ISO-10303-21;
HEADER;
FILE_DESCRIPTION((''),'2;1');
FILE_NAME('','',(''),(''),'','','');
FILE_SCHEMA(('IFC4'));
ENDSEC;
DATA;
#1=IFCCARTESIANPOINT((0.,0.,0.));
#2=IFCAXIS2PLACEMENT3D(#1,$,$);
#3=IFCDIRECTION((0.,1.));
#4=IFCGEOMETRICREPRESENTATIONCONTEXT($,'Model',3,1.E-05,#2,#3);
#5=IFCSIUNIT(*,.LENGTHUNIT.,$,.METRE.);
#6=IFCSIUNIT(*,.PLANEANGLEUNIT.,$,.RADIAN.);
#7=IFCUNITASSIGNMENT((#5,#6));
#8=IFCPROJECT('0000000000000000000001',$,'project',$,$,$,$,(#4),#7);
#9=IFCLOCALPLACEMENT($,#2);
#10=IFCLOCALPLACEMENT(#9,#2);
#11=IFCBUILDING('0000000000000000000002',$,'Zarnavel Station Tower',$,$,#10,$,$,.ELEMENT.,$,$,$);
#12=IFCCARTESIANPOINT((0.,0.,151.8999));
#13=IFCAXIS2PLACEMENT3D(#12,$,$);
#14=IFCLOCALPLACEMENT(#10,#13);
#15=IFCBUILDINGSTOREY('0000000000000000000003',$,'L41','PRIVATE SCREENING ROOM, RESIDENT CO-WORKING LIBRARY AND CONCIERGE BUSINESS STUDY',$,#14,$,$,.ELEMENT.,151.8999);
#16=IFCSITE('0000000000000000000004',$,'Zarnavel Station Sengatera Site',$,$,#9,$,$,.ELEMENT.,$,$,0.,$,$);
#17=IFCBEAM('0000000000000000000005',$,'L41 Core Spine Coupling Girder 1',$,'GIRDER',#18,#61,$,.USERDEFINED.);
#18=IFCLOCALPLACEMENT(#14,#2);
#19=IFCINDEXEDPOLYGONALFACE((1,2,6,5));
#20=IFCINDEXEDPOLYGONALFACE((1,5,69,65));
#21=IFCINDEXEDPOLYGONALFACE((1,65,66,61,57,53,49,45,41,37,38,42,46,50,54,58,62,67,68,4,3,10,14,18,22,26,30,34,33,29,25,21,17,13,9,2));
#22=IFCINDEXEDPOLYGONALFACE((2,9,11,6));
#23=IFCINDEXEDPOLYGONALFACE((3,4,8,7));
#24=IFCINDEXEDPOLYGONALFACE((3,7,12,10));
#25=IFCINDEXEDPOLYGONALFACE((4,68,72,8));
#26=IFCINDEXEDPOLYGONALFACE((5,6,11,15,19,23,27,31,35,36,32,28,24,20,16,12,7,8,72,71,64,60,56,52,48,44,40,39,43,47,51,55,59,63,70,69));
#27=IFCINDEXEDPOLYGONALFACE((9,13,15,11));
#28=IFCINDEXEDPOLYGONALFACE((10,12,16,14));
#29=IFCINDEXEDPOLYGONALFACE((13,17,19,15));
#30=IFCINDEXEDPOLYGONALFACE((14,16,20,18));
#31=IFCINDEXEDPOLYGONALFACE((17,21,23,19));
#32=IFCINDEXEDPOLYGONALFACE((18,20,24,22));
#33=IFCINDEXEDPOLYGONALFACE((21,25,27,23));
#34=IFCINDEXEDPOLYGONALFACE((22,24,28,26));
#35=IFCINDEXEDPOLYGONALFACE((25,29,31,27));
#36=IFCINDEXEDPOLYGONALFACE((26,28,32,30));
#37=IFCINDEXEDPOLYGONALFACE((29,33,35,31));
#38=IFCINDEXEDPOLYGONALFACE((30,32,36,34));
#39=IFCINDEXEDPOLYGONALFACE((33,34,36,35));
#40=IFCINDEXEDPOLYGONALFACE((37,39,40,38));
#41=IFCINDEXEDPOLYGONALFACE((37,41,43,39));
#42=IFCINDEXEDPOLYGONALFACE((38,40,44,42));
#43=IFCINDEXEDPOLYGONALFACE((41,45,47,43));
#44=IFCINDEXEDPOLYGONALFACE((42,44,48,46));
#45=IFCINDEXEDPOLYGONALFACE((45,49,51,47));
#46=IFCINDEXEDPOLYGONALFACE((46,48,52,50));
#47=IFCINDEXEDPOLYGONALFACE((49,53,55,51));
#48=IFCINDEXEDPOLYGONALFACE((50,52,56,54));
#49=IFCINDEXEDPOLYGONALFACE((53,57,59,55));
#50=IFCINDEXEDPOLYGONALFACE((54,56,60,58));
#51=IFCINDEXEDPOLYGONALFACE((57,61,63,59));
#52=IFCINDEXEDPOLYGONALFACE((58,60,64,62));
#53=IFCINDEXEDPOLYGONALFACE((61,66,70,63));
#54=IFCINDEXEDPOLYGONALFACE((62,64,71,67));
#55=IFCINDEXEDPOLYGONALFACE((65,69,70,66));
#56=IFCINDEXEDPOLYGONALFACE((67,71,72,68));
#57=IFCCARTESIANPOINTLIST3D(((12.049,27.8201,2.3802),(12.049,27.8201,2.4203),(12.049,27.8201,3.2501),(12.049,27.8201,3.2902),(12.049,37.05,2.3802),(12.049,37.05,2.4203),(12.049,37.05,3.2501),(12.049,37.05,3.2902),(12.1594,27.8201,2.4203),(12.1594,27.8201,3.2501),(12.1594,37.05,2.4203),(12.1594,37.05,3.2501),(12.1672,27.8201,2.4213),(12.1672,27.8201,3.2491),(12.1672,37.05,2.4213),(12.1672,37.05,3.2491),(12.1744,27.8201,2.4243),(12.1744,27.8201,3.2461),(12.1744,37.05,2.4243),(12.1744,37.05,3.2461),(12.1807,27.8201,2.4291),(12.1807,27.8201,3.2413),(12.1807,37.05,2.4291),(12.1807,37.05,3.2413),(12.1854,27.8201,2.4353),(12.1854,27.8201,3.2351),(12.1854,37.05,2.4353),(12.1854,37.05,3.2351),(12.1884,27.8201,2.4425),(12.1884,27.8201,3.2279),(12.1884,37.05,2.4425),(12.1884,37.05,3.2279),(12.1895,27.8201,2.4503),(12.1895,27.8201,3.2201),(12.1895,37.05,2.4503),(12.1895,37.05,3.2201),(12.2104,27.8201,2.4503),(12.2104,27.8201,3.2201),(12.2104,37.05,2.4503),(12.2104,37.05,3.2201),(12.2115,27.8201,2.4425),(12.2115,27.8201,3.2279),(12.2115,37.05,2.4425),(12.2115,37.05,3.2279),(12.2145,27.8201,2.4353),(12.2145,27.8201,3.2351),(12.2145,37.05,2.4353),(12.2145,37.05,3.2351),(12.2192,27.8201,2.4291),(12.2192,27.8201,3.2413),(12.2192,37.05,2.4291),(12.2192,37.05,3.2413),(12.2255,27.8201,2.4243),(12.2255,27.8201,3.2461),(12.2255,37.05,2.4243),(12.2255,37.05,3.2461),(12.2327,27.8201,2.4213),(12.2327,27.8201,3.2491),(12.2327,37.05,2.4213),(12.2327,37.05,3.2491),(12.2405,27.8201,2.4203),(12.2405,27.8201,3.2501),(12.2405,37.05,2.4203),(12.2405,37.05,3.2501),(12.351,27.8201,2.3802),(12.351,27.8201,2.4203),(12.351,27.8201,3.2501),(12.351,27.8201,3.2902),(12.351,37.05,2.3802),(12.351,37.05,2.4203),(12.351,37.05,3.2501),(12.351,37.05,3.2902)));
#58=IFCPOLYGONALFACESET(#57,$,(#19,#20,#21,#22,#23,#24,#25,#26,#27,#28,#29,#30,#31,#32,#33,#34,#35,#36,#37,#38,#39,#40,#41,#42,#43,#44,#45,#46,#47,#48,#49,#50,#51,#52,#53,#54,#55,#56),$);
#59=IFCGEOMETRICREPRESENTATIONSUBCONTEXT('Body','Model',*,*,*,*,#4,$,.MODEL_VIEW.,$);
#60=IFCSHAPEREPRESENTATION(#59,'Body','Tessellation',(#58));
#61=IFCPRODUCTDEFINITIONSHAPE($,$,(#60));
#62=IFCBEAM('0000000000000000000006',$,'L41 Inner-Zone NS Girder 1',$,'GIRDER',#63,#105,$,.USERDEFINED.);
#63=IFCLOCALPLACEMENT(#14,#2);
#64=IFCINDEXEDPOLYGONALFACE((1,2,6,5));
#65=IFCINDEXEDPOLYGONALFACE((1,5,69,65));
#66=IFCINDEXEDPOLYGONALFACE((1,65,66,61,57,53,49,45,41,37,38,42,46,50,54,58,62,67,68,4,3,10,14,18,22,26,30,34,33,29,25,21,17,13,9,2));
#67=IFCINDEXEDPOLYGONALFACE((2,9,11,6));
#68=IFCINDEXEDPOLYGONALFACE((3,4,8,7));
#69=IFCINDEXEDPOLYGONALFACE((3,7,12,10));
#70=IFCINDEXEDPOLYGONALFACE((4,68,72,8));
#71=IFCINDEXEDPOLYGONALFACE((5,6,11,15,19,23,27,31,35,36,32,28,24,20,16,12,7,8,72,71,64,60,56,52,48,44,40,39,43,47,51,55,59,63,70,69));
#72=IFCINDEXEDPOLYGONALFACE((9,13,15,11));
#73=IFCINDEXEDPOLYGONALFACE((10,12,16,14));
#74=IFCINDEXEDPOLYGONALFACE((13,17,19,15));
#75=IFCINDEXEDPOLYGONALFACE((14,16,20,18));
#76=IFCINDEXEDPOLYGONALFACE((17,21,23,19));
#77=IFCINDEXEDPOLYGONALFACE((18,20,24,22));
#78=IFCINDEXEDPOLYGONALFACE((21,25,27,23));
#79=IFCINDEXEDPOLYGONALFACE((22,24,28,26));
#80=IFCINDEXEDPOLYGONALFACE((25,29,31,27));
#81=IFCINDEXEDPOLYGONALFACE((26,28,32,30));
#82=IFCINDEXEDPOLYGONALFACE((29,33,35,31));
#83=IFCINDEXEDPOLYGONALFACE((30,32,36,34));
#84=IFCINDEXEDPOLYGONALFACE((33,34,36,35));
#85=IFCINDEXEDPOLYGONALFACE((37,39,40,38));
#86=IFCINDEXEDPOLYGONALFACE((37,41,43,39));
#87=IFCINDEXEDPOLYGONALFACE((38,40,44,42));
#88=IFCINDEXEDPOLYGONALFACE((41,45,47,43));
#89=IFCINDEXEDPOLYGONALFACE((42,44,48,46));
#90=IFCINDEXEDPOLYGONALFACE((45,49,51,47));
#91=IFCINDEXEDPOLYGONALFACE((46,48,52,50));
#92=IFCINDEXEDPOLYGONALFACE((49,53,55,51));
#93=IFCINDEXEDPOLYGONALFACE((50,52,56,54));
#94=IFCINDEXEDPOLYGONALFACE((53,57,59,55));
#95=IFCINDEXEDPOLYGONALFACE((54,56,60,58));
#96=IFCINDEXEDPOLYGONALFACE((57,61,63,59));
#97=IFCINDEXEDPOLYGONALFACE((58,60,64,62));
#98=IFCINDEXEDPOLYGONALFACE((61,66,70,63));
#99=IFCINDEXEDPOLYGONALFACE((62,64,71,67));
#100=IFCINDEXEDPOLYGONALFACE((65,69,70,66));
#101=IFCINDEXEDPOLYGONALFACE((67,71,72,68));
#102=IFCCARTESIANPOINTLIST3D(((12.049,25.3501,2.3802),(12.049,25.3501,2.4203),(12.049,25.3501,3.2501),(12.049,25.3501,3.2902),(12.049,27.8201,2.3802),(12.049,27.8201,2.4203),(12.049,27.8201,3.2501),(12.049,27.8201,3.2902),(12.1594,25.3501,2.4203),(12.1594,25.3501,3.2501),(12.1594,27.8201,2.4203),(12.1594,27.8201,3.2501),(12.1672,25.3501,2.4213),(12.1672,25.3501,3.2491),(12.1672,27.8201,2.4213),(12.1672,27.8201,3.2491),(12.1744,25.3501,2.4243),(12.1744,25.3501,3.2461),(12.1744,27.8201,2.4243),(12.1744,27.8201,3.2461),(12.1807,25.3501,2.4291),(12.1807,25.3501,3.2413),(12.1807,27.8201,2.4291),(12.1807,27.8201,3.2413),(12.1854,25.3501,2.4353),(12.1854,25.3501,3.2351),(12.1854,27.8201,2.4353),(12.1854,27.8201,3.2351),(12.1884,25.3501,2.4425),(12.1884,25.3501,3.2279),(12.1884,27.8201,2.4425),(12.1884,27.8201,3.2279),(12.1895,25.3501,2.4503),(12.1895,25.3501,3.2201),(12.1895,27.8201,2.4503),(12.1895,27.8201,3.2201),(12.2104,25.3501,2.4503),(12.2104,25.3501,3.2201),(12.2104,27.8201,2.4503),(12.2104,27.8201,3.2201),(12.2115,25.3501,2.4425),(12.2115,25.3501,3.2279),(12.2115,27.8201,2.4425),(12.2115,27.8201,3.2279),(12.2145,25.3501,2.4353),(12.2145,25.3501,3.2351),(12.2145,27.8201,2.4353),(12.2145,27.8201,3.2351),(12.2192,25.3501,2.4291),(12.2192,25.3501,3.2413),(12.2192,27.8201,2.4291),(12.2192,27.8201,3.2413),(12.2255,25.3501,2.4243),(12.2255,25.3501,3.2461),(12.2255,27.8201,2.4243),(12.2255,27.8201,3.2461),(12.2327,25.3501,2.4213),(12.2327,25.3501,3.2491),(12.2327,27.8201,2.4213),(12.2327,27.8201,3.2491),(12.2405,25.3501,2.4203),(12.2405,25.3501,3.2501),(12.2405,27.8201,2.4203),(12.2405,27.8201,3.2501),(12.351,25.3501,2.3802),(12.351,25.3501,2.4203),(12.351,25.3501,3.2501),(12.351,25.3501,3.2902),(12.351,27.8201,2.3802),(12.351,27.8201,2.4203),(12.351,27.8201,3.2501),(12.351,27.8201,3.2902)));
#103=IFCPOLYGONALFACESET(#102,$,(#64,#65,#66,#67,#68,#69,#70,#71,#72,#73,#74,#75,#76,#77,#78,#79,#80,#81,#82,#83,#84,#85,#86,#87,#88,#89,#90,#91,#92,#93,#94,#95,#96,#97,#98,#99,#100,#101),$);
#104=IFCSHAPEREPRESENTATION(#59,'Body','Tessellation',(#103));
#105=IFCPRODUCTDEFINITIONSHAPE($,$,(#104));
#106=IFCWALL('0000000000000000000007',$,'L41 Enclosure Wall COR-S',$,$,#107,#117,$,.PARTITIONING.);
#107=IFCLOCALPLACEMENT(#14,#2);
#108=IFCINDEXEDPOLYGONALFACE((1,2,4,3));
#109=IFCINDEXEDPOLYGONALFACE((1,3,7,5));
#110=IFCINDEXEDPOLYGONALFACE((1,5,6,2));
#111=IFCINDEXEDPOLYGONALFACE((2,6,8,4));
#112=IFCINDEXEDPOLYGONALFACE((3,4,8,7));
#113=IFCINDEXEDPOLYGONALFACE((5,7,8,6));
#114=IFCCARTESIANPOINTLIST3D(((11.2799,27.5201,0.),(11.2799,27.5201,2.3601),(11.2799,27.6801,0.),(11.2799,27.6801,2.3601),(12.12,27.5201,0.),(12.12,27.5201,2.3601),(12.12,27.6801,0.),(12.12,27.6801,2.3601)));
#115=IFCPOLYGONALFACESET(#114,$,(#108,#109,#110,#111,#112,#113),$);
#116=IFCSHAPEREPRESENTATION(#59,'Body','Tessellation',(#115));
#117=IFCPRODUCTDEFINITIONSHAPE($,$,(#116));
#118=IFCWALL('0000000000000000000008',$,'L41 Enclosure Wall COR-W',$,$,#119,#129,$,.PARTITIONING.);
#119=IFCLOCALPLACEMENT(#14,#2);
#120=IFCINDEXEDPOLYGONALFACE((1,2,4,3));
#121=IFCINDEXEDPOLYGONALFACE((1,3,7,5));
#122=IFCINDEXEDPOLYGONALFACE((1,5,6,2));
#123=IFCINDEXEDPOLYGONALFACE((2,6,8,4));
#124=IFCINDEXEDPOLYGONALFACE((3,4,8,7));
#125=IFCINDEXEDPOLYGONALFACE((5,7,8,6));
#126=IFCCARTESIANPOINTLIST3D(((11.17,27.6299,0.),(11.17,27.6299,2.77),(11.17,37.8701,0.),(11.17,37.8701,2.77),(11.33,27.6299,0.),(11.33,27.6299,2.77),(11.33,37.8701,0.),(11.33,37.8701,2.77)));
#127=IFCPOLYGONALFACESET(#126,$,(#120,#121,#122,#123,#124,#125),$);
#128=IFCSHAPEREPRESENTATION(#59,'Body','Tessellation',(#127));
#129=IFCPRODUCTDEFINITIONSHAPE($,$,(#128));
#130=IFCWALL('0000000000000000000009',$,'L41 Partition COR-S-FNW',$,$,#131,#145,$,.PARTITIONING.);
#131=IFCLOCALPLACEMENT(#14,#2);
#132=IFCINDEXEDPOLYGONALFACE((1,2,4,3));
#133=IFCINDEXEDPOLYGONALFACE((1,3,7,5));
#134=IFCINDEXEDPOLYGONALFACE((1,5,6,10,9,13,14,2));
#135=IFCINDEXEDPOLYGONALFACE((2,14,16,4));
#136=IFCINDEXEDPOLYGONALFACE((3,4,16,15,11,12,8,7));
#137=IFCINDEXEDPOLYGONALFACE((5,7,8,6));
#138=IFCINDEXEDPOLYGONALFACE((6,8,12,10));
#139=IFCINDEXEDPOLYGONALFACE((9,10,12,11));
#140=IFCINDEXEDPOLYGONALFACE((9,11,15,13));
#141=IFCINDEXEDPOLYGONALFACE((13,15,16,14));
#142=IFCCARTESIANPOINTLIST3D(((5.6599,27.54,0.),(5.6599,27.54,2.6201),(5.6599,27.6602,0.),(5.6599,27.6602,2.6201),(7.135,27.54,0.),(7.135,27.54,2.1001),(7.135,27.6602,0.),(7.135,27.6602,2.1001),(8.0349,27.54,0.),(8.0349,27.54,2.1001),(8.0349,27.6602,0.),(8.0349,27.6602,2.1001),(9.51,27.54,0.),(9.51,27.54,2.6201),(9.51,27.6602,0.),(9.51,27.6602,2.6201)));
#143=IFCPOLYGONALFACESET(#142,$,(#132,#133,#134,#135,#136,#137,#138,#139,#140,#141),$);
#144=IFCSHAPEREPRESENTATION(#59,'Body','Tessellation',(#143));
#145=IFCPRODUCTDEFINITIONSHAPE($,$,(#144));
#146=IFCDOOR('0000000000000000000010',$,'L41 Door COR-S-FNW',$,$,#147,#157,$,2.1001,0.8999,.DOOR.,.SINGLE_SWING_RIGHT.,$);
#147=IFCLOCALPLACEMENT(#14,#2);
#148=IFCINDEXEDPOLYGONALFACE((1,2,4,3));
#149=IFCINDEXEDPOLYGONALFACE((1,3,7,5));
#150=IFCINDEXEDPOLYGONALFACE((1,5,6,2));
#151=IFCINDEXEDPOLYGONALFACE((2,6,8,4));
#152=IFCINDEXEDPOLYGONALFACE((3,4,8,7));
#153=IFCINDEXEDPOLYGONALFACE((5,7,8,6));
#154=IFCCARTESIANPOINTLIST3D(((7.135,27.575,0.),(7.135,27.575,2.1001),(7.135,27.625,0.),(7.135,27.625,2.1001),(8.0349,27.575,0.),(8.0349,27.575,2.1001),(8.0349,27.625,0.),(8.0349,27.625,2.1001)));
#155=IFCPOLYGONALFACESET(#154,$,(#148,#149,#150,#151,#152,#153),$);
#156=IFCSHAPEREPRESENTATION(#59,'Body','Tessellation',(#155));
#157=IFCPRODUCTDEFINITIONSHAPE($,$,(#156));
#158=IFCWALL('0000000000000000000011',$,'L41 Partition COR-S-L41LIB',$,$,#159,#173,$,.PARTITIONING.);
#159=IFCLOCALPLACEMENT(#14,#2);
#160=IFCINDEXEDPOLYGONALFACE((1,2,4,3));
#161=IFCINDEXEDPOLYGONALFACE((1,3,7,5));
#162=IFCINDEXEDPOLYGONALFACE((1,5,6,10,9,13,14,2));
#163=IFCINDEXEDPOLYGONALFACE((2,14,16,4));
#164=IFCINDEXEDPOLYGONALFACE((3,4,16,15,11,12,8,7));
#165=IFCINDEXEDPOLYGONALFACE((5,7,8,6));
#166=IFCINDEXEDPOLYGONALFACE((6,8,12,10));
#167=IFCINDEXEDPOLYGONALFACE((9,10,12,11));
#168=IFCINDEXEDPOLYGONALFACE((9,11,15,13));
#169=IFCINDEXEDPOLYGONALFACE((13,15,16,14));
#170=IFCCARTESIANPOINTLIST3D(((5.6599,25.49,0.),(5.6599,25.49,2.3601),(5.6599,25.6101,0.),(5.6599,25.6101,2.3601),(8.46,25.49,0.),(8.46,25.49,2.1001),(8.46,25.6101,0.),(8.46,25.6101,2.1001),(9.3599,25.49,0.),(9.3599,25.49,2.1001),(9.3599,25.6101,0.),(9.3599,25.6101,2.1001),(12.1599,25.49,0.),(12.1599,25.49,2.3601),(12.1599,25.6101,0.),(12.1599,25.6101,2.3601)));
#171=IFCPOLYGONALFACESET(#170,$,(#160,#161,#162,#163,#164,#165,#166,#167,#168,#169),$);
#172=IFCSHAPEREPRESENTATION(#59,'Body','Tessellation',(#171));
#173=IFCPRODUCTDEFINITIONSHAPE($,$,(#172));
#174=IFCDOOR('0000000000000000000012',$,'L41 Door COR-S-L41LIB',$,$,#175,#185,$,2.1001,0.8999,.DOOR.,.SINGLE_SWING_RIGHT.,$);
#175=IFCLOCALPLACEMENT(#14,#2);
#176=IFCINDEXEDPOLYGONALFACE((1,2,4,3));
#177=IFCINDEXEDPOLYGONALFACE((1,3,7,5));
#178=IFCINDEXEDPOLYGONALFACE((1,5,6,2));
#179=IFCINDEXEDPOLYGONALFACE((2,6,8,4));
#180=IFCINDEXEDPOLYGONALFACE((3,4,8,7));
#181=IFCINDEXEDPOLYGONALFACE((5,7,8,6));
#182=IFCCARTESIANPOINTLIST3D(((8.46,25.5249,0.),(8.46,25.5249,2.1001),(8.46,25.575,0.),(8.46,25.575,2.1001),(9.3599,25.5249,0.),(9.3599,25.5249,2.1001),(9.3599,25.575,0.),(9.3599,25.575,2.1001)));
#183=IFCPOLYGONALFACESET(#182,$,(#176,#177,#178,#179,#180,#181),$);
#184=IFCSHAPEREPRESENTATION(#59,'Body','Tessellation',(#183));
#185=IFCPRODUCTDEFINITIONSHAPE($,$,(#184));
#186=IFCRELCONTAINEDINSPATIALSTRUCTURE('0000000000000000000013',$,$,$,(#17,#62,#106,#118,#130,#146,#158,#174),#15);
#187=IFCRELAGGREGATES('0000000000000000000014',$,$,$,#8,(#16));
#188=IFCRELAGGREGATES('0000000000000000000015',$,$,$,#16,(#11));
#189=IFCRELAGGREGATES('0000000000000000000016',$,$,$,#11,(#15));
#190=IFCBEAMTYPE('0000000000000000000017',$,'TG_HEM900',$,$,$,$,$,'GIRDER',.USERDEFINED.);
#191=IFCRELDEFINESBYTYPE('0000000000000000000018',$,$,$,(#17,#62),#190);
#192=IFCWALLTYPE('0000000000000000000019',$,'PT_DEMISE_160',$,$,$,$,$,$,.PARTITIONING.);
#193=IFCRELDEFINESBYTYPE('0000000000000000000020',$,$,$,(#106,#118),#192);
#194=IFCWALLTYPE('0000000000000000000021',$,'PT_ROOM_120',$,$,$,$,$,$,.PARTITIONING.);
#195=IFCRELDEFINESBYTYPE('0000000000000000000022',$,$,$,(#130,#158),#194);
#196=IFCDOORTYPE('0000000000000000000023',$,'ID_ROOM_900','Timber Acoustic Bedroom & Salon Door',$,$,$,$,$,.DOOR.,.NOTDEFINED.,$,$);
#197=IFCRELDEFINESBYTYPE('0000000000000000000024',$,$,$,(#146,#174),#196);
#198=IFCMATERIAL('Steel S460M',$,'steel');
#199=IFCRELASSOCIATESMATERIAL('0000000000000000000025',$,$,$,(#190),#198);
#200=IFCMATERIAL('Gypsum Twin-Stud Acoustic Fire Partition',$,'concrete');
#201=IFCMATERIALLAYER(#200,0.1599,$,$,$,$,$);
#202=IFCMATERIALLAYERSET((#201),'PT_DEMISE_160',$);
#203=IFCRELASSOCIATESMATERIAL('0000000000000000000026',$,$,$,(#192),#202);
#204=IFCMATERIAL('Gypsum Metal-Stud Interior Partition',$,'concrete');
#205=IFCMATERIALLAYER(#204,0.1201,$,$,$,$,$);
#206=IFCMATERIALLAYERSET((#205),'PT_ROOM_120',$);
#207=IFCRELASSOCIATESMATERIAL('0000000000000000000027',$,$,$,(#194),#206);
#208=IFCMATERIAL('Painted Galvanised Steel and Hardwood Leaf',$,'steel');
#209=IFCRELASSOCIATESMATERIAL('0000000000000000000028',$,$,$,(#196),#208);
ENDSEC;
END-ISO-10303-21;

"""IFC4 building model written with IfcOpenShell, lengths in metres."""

from ifc_helpers import new_model, si_unit, direction, frame, frame_2d, origin, origin_2d, place, context, subcontext, project, spatial, rectangle, i_section, extrude, material, layer, layer_set, material_profile, profile_set, type_object, element, fill, save


model = new_model("IFC4")

# Units and contexts
model_context = context("Model", 3, precision=1e-05, world=origin(), true_north=direction((0.0, 1.0)))
body_context = subcontext(model_context, "Body", "Model", "MODEL_VIEW")
ifc_project = project(units=[si_unit("LENGTHUNIT", "METRE"), si_unit("PLANEANGLEUNIT", "RADIAN")], contexts=[model_context])

# Site, building, storey
site_placement = place(None, origin())
site = spatial("IfcSite", under=ifc_project, at=site_placement, Name="Zarnavel Station Sengatera Site", CompositionType="ELEMENT", RefElevation=0.0)
building_placement = place(site_placement, origin())
building = spatial("IfcBuilding", under=site, at=building_placement, Name="Zarnavel Station Tower", CompositionType="ELEMENT")
storey_placement = place(building_placement, frame((0.0, 0.0, 151.8999)))
storey = spatial("IfcBuildingStorey", under=building, at=storey_placement, Name="L41", Description="PRIVATE SCREENING ROOM, RESIDENT CO-WORKING LIBRARY AND CONCIERGE BUSINESS STUDY", CompositionType="ELEMENT", Elevation=151.8999)

# Beams
ifc_material_1 = material(Name="Steel S460M", Category="steel")
ifc_material_profile_1 = material_profile(ifc_material_1, i_section(OverallWidth=0.302, OverallDepth=0.9099, WebThickness=0.021, FlangeThickness=0.04, FilletRadius=0.03, at=origin_2d()), Name="HEM900")
ifc_profile_set_1 = profile_set([ifc_material_profile_1], Name="Steel S460M")
beam_type_1 = type_object("IfcBeamType", Name="TG_HEM900", ElementType="GIRDER", PredefinedType="USERDEFINED", material=ifc_profile_set_1)
beam_1_placement = place(storey_placement, frame((12.2, 27.8201, 2.8352), z_axis=(0.0, 1.0, 0.0), x_axis=(-1.0, 0.0, 0.0)))
element("IfcBeam", 1, at=beam_1_placement, inside=storey, type_object=beam_type_1, Name="L41 Core Spine Coupling Girder 1", ObjectType="GIRDER", PredefinedType="USERDEFINED", context=body_context, shape_type="SweptSolid", body=[
    extrude(i_section(OverallWidth=0.302, OverallDepth=0.9099, WebThickness=0.021, FlangeThickness=0.04, FilletRadius=0.03, at=origin_2d()), origin(), (0.0, 0.0, 1.0), 9.23),
])
beam_2_placement = place(storey_placement, frame((12.2, 25.3501, 2.8352), z_axis=(0.0, 1.0, 0.0), x_axis=(-1.0, 0.0, 0.0)))
element("IfcBeam", 2, at=beam_2_placement, inside=storey, type_object=beam_type_1, Name="L41 Inner-Zone NS Girder 1", ObjectType="GIRDER", PredefinedType="USERDEFINED", context=body_context, shape_type="SweptSolid", body=[
    extrude(i_section(OverallWidth=0.302, OverallDepth=0.9099, WebThickness=0.021, FlangeThickness=0.04, FilletRadius=0.03, at=origin_2d()), origin(), (0.0, 0.0, 1.0), 2.47),
])

# Walls
ifc_material_2 = material(Name="Gypsum Twin-Stud Acoustic Fire Partition", Category="concrete")
ifc_layer_1 = layer(ifc_material_2, 0.1599)
ifc_layer_set_1 = layer_set([ifc_layer_1], Name="PT_DEMISE_160")
wall_type_1 = type_object("IfcWallType", Name="PT_DEMISE_160", PredefinedType="PARTITIONING", material=ifc_layer_set_1)
wall_1_placement = place(storey_placement, frame((11.28, 27.6001, 0.0), z_axis=(0.0, 0.0, 1.0), x_axis=(1.0, 0.0, 0.0)))
element("IfcWall", 3, at=wall_1_placement, inside=storey, type_object=wall_type_1, Name="L41 Enclosure Wall COR-S", PredefinedType="PARTITIONING", context=body_context, shape_type="SweptSolid", body=[
    extrude(rectangle(XDim=0.8401, YDim=0.1599, at=frame_2d((0.4199, 0.0))), origin(), (0.0, 0.0, 1.0), 2.3601),
])
wall_2_placement = place(storey_placement, frame((11.25, 27.6299, 0.0), z_axis=(0.0, 0.0, 1.0), x_axis=(0.0, 1.0, 0.0)))
element("IfcWall", 4, at=wall_2_placement, inside=storey, type_object=wall_type_1, Name="L41 Enclosure Wall COR-W", PredefinedType="PARTITIONING", context=body_context, shape_type="SweptSolid", body=[
    extrude(rectangle(XDim=10.2402, YDim=0.1599, at=frame_2d((5.1201, 0.0))), origin(), (0.0, 0.0, 1.0), 2.77),
])

# Walls, openings, doors
ifc_material_3 = material(Name="Gypsum Metal-Stud Interior Partition", Category="concrete")
ifc_layer_2 = layer(ifc_material_3, 0.1201)
ifc_layer_set_2 = layer_set([ifc_layer_2], Name="PT_ROOM_120")
wall_type_2 = type_object("IfcWallType", Name="PT_ROOM_120", PredefinedType="PARTITIONING", material=ifc_layer_set_2)
wall_3_placement = place(storey_placement, frame((5.6599, 27.6001, 0.0), z_axis=(0.0, 0.0, 1.0), x_axis=(1.0, 0.0, 0.0)))
wall_3 = element("IfcWall", 5, at=wall_3_placement, inside=storey, type_object=wall_type_2, Name="L41 Partition COR-S-FNW", PredefinedType="PARTITIONING", context=body_context, shape_type="SweptSolid", body=[
    extrude(rectangle(XDim=3.8501, YDim=0.1201, at=frame_2d((1.925, 0.0))), origin(), (0.0, 0.0, 1.0), 2.6201),
])
opening_1_placement = place(wall_3_placement, frame((1.4751, 0.0, 0.0)))
opening_1 = element("IfcOpeningElement", 6, at=opening_1_placement, cuts=wall_3, PredefinedType="OPENING", context=body_context, shape_type="SweptSolid", body=[
    extrude(rectangle(XDim=0.8999, YDim=2.1001, at=frame_2d((0.45, 1.05))), frame((0.0, 0.0701, 0.0), z_axis=(0.0, -1.0, 0.0), x_axis=(1.0, 0.0, 0.0)), (0.0, 0.0, 1.0), 0.1401),
])
ifc_material_4 = material(Name="Painted Galvanised Steel and Hardwood Leaf", Category="steel")
door_type_1 = type_object("IfcDoorType", Name="ID_ROOM_900", Description="Timber Acoustic Bedroom & Salon Door", OperationType="NOTDEFINED", PredefinedType="DOOR", material=ifc_material_4)
door_1_placement = place(opening_1_placement, origin())
door_1 = element("IfcDoor", 7, at=door_1_placement, inside=storey, type_object=door_type_1, Name="L41 Door COR-S-FNW", OperationType="SINGLE_SWING_RIGHT", OverallHeight=2.1001, OverallWidth=0.8999, PredefinedType="DOOR", context=body_context, shape_type="SweptSolid", body=[
    extrude(rectangle(XDim=0.8999, YDim=2.1001, at=frame_2d((0.45, 1.05))), frame((0.0, 0.0249, 0.0), z_axis=(0.0, -1.0, 0.0), x_axis=(1.0, 0.0, 0.0)), (0.0, 0.0, 1.0), 0.05),
])
fill(opening_1, door_1)
wall_4_placement = place(storey_placement, frame((5.6599, 25.55, 0.0), z_axis=(0.0, 0.0, 1.0), x_axis=(1.0, 0.0, 0.0)))
wall_4 = element("IfcWall", 8, at=wall_4_placement, inside=storey, type_object=wall_type_2, Name="L41 Partition COR-S-L41LIB", PredefinedType="PARTITIONING", context=body_context, shape_type="SweptSolid", body=[
    extrude(rectangle(XDim=6.5, YDim=0.1201, at=frame_2d((3.25, 0.0))), origin(), (0.0, 0.0, 1.0), 2.3601),
])
opening_2_placement = place(wall_4_placement, frame((2.8, 0.0, 0.0)))
opening_2 = element("IfcOpeningElement", 9, at=opening_2_placement, cuts=wall_4, PredefinedType="OPENING", context=body_context, shape_type="SweptSolid", body=[
    extrude(rectangle(XDim=0.8999, YDim=2.1001, at=frame_2d((0.45, 1.05))), frame((0.0, 0.0701, 0.0), z_axis=(0.0, -1.0, 0.0), x_axis=(1.0, 0.0, 0.0)), (0.0, 0.0, 1.0), 0.1401),
])
door_2_placement = place(opening_2_placement, origin())
door_2 = element("IfcDoor", 10, at=door_2_placement, inside=storey, type_object=door_type_1, Name="L41 Door COR-S-L41LIB", OperationType="SINGLE_SWING_RIGHT", OverallHeight=2.1001, OverallWidth=0.8999, PredefinedType="DOOR", context=body_context, shape_type="SweptSolid", body=[
    extrude(rectangle(XDim=0.8999, YDim=2.1001, at=frame_2d((0.45, 1.05))), frame((0.0, 0.0249, 0.0), z_axis=(0.0, -1.0, 0.0), x_axis=(1.0, 0.0, 0.0)), (0.0, 0.0, 1.0), 0.05),
])
fill(opening_2, door_2)

save(model, "model.ifc")
